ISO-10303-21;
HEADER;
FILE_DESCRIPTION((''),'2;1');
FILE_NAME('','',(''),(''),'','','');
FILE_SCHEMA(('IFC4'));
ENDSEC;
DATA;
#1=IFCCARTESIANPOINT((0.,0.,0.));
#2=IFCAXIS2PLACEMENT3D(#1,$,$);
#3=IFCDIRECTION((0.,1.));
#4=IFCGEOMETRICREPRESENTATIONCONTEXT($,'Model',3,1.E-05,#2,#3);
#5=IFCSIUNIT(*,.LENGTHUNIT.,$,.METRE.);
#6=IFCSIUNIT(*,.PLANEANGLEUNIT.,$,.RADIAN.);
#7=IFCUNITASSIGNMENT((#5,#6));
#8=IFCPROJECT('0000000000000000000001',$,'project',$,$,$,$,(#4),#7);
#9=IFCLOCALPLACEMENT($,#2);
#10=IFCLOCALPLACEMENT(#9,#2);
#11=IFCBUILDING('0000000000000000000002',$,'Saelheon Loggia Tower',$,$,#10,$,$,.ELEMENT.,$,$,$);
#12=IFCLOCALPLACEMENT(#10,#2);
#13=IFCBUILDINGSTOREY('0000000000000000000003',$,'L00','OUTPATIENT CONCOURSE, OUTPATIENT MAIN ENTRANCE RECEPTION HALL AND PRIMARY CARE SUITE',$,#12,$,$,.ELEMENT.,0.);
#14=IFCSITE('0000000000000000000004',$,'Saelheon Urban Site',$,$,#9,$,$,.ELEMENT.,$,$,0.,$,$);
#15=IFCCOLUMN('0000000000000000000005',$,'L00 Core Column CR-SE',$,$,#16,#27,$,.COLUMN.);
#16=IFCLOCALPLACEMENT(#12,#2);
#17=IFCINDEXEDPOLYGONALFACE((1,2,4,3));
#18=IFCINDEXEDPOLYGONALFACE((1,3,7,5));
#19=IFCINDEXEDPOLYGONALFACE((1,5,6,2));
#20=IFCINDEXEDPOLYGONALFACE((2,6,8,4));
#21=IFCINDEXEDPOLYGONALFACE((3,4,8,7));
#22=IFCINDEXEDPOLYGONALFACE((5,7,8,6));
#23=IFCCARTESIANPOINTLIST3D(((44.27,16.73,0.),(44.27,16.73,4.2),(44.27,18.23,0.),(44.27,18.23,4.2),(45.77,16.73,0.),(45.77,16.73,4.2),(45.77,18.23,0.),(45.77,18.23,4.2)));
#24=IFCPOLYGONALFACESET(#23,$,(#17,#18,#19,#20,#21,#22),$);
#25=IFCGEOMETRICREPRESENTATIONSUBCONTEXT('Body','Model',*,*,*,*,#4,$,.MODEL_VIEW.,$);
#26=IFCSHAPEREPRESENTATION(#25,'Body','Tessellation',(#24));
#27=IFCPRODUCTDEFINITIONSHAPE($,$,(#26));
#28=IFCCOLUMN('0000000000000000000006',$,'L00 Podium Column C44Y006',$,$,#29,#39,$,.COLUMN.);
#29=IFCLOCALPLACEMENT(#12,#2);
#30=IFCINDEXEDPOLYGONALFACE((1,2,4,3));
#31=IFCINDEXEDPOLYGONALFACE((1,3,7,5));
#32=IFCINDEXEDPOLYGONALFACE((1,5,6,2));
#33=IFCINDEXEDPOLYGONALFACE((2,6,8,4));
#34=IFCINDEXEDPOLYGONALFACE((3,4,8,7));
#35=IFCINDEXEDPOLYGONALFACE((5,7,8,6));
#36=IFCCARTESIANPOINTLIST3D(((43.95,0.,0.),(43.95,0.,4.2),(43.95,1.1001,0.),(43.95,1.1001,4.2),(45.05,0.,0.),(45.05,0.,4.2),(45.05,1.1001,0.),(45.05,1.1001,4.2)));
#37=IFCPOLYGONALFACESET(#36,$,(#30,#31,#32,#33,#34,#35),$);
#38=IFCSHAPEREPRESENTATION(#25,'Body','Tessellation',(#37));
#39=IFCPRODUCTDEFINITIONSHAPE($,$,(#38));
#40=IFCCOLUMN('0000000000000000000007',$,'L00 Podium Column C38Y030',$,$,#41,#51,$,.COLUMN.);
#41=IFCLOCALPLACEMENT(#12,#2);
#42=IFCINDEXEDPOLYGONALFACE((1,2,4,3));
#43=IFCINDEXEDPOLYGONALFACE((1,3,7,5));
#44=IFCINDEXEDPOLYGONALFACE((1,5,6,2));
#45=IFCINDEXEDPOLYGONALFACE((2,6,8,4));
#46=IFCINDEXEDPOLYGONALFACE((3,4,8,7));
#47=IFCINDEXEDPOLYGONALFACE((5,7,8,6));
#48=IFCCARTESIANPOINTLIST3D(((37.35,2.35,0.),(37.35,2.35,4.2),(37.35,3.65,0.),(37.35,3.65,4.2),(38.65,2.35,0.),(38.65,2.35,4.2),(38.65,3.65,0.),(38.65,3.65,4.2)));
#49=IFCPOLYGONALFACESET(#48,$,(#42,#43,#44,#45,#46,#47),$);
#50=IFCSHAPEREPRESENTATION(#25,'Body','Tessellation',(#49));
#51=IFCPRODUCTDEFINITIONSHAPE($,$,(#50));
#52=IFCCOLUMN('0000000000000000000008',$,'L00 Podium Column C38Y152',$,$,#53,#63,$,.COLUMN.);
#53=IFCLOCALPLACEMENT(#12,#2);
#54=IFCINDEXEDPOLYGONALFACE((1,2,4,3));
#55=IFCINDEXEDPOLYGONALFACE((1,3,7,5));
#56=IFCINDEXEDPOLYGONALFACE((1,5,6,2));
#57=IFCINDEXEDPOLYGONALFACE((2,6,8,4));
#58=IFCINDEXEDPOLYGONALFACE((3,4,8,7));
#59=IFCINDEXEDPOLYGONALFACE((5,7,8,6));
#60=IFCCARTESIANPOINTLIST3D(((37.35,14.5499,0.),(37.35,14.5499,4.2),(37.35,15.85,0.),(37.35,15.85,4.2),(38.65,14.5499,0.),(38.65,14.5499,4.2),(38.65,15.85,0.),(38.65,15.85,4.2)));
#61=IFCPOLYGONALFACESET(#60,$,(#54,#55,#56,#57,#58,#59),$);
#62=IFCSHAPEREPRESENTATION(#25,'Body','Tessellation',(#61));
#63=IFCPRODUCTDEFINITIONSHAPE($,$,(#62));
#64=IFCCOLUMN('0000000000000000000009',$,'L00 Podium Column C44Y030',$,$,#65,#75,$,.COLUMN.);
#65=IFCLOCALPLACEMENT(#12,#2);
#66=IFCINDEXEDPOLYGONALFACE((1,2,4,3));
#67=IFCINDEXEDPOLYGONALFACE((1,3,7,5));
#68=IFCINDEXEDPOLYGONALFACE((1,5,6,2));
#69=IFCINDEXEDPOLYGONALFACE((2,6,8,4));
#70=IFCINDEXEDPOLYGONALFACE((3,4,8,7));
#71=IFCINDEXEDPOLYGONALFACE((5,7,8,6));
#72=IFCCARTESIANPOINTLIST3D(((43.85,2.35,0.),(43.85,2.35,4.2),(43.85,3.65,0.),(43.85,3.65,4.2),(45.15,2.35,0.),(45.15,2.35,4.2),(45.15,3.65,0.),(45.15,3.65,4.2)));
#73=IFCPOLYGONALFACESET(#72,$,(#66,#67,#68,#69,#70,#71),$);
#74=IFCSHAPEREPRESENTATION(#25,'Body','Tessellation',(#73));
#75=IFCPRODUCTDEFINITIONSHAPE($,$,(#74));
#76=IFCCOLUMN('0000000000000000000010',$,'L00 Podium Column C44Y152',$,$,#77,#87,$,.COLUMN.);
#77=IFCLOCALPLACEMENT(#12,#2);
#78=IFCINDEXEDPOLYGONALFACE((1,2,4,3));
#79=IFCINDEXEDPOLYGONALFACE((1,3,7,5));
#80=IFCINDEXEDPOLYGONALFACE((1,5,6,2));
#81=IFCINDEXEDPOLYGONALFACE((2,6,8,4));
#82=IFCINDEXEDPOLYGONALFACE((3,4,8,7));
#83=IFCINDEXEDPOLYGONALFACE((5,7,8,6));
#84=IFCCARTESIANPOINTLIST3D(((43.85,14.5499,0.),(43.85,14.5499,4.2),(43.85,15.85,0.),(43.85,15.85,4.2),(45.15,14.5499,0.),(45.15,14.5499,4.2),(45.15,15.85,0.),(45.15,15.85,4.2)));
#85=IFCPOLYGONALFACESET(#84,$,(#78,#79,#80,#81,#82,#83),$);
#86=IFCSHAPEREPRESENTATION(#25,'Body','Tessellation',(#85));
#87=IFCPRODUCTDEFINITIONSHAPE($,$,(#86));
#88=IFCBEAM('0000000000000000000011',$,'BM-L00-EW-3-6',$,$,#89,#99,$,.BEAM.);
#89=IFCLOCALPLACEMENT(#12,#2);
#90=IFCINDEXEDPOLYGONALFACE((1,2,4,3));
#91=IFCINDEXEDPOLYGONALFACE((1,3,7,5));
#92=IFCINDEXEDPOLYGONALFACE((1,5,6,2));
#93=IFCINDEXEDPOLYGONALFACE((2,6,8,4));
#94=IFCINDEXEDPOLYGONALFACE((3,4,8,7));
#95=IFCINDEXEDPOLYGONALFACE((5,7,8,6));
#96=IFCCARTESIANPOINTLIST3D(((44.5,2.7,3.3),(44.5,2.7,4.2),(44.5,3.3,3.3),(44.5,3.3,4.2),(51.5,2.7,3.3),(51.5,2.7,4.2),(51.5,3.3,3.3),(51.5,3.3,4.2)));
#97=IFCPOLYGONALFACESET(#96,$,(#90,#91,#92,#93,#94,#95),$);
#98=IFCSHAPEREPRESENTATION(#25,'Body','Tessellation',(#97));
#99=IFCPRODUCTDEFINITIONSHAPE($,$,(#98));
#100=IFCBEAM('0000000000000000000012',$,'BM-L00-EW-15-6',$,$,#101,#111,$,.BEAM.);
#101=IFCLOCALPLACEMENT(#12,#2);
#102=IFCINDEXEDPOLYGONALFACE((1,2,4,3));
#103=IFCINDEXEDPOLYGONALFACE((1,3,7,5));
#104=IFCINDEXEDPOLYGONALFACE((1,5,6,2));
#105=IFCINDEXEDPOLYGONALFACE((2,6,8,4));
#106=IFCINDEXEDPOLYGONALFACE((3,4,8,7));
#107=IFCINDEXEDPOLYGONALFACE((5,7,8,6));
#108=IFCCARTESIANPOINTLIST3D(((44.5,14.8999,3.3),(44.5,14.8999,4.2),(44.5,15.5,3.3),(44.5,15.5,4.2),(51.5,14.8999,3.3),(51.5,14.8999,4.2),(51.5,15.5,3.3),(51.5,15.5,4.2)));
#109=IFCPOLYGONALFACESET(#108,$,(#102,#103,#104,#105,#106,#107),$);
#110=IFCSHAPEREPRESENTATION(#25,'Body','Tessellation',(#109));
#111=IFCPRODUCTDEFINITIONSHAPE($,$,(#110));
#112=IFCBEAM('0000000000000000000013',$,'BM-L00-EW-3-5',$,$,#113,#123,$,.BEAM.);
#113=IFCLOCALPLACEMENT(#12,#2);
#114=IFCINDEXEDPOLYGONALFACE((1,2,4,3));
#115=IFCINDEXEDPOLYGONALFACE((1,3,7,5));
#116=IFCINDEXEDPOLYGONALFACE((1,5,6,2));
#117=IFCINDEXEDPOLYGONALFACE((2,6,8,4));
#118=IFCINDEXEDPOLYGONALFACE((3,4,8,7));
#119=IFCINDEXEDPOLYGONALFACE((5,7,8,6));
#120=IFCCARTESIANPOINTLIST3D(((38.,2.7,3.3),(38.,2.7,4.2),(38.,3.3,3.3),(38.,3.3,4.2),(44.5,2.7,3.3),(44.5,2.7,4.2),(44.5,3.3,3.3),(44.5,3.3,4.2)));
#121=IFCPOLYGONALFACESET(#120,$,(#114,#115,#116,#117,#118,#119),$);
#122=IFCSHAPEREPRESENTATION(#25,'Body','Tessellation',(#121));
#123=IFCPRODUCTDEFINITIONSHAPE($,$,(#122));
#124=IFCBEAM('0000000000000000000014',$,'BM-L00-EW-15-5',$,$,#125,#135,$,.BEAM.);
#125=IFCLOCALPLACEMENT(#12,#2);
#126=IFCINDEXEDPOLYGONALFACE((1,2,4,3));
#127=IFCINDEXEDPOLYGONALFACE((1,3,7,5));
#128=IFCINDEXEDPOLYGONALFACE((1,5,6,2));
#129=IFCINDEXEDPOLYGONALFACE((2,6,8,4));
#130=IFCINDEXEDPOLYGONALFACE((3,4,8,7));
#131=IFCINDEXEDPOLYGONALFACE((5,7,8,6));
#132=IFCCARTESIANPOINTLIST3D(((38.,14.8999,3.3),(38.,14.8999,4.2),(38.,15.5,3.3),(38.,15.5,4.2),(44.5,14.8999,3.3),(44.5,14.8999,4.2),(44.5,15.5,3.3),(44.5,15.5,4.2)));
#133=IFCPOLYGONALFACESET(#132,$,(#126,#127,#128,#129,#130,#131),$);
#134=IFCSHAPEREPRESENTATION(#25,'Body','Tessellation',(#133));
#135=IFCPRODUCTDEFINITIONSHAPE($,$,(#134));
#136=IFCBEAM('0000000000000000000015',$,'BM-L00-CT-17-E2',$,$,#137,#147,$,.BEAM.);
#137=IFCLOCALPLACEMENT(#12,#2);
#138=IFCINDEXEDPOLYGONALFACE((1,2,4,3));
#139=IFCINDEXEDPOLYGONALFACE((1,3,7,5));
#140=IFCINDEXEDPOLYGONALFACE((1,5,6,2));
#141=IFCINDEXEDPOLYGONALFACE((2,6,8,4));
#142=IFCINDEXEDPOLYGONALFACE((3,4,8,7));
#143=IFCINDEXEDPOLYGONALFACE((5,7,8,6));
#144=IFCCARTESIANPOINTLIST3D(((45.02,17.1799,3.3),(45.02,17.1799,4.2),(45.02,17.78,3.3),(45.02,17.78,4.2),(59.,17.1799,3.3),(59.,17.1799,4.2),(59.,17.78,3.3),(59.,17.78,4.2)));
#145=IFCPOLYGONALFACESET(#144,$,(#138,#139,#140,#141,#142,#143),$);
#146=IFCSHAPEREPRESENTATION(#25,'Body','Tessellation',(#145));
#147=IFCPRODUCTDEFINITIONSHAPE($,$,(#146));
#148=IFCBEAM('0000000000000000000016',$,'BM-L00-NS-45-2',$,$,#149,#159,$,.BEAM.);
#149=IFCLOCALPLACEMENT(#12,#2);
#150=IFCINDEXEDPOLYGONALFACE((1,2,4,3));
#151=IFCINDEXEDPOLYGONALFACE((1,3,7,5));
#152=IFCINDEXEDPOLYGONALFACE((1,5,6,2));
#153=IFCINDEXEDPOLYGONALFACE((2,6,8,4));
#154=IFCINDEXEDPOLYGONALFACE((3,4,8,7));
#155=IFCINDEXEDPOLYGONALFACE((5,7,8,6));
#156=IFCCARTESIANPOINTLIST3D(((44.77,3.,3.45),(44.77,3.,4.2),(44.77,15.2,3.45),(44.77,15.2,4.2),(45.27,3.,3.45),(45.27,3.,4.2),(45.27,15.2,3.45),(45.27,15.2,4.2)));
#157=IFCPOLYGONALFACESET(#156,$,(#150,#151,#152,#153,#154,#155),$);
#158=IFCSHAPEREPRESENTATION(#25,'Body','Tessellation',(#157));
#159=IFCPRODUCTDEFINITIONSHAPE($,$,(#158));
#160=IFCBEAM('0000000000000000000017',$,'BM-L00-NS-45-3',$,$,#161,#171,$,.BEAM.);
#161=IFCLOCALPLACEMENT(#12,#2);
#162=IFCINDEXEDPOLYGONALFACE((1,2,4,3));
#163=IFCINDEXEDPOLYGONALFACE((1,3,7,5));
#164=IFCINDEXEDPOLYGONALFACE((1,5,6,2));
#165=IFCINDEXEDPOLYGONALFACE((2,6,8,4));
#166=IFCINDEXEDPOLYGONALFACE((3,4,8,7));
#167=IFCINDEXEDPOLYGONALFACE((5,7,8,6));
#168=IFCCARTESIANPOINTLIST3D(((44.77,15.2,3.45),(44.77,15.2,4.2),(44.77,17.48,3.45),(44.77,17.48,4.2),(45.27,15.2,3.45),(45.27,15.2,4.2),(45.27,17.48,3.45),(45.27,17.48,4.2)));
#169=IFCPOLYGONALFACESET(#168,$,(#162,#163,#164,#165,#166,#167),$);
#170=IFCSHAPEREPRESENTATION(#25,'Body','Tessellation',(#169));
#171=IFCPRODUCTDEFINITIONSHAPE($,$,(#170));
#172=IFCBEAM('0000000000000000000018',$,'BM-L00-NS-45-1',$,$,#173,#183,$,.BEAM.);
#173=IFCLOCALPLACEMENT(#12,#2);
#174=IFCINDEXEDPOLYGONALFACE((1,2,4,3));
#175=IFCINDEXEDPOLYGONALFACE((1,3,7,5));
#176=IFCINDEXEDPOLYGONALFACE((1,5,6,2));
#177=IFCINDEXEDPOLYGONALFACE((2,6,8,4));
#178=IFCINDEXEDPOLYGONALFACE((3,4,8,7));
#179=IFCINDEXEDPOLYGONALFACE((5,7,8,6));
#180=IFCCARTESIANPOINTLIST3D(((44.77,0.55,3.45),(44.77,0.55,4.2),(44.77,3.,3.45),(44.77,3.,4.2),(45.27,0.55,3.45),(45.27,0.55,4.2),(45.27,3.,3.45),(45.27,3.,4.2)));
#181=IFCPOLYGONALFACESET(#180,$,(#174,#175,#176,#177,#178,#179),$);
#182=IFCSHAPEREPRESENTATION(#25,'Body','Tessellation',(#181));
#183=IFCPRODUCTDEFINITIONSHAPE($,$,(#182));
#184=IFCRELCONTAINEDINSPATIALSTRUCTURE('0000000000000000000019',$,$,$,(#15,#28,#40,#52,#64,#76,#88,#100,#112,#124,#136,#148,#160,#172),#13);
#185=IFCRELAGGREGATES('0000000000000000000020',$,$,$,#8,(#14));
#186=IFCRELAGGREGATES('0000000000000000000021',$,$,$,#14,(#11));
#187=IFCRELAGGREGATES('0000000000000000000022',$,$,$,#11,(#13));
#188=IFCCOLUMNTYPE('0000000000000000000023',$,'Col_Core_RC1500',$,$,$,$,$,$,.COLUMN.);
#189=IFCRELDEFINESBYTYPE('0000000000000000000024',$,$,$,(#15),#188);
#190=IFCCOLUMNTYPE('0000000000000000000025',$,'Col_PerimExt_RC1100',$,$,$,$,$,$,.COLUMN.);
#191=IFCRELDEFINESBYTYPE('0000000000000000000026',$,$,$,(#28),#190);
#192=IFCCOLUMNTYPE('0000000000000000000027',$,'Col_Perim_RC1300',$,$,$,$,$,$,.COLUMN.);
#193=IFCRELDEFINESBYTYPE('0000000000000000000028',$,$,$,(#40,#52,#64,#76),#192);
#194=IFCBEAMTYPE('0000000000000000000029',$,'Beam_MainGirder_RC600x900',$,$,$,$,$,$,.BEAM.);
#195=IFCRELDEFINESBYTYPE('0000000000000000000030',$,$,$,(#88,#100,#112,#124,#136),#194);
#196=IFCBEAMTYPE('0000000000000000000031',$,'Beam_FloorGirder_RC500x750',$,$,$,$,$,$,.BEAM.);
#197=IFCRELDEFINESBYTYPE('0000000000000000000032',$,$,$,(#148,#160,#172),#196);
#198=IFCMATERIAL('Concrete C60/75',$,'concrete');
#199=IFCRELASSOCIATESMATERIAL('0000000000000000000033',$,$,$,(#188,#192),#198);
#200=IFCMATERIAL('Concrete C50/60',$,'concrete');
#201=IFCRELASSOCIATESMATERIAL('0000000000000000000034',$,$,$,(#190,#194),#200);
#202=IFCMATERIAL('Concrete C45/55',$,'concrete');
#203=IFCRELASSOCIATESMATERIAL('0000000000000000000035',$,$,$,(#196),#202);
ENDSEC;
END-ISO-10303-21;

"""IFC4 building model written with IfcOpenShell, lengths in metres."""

from ifc_helpers import new_model, si_unit, direction, frame, origin, origin_2d, place, context, subcontext, project, spatial, rectangle, extrude, source, transform, mapped, material, material_profile, profile_set, type_object, element, save


model = new_model("IFC4")

# Units and contexts
model_context = context("Model", 3, precision=1e-05, world=origin(), true_north=direction((0.0, 1.0)))
body_context = subcontext(model_context, "Body", "Model", "MODEL_VIEW")
ifc_project = project(units=[si_unit("LENGTHUNIT", "METRE"), si_unit("PLANEANGLEUNIT", "RADIAN")], contexts=[model_context])

# Site, building, storey
site_placement = place(None, origin())
site = spatial("IfcSite", under=ifc_project, at=site_placement, Name="Saelheon Urban Site", CompositionType="ELEMENT", RefElevation=0.0)
building_placement = place(site_placement, origin())
building = spatial("IfcBuilding", under=site, at=building_placement, Name="Saelheon Loggia Tower", CompositionType="ELEMENT")
storey_placement = place(building_placement, origin())
storey = spatial("IfcBuildingStorey", under=building, at=storey_placement, Name="L00", Description="OUTPATIENT CONCOURSE, OUTPATIENT MAIN ENTRANCE RECEPTION HALL AND PRIMARY CARE SUITE", CompositionType="ELEMENT", Elevation=0.0)

# Columns
ifc_material_1 = material(Name="Concrete C60/75", Category="concrete")
ifc_material_profile_1 = material_profile(ifc_material_1, rectangle(XDim=1.5, YDim=1.5, at=origin_2d()), Name="RC-1500x1500")
ifc_profile_set_1 = profile_set([ifc_material_profile_1], Name="Concrete C60/75")
column_type_1 = type_object("IfcColumnType", Name="Col_Core_RC1500", PredefinedType="COLUMN", material=ifc_profile_set_1)
shared_shape_1 = source(origin(), body_context, "Body", "SweptSolid", [
    extrude(rectangle(XDim=1.5, YDim=1.5, at=origin_2d()), origin(), (0.0, 0.0, 1.0), 4.2),
])
column_1_placement = place(storey_placement, frame((45.02, 17.48, 0.0), z_axis=(0.0, 0.0, 1.0), x_axis=(1.0, 0.0, 0.0)))
element("IfcColumn", 1, at=column_1_placement, inside=storey, type_object=column_type_1, Name="L00 Core Column CR-SE", PredefinedType="COLUMN", context=body_context, shape_type="MappedRepresentation", body=[
    mapped(shared_shape_1, transform((0.0, 0.0, 0.0), scale=1.0)),
])
ifc_material_2 = material(Name="Concrete C50/60", Category="concrete")
ifc_material_profile_2 = material_profile(ifc_material_2, rectangle(XDim=1.1001, YDim=1.1001, at=origin_2d()), Name="RC-1100x1100")
ifc_profile_set_2 = profile_set([ifc_material_profile_2], Name="Concrete C50/60")
column_type_2 = type_object("IfcColumnType", Name="Col_PerimExt_RC1100", PredefinedType="COLUMN", material=ifc_profile_set_2)
shared_shape_2 = source(origin(), body_context, "Body", "SweptSolid", [
    extrude(rectangle(XDim=1.1001, YDim=1.1001, at=origin_2d()), origin(), (0.0, 0.0, 1.0), 4.2),
])
column_2_placement = place(storey_placement, frame((44.5, 0.55, 0.0), z_axis=(0.0, 0.0, 1.0), x_axis=(1.0, 0.0, 0.0)))
element("IfcColumn", 2, at=column_2_placement, inside=storey, type_object=column_type_2, Name="L00 Podium Column C44Y006", PredefinedType="COLUMN", context=body_context, shape_type="MappedRepresentation", body=[
    mapped(shared_shape_2, transform((0.0, 0.0, 0.0), scale=1.0)),
])
ifc_material_profile_3 = material_profile(ifc_material_1, rectangle(XDim=1.3, YDim=1.3, at=origin_2d()), Name="RC-1300x1300")
ifc_profile_set_3 = profile_set([ifc_material_profile_3], Name="Concrete C60/75")
column_type_3 = type_object("IfcColumnType", Name="Col_Perim_RC1300", PredefinedType="COLUMN", material=ifc_profile_set_3)
shared_shape_3 = source(origin(), body_context, "Body", "SweptSolid", [
    extrude(rectangle(XDim=1.3, YDim=1.3, at=origin_2d()), origin(), (0.0, 0.0, 1.0), 4.2),
])
for number, where, z_axis, x_axis, name in (
    (3, (38.0, 3.0, 0.0), (0.0, 0.0, 1.0), (1.0, 0.0, 0.0), "L00 Podium Column C38Y030"),
    (4, (38.0, 15.2, 0.0), (0.0, 0.0, 1.0), (1.0, 0.0, 0.0), "L00 Podium Column C38Y152"),
    (5, (44.5, 3.0, 0.0), (0.0, 0.0, 1.0), (1.0, 0.0, 0.0), "L00 Podium Column C44Y030"),
    (6, (44.5, 15.2, 0.0), (0.0, 0.0, 1.0), (1.0, 0.0, 0.0), "L00 Podium Column C44Y152"),
):
    element("IfcColumn", number, at=place(storey_placement, frame(where, z_axis=z_axis, x_axis=x_axis)), inside=storey, type_object=column_type_3, Name=name, PredefinedType="COLUMN", context=body_context, shape_type="MappedRepresentation", body=[
        mapped(shared_shape_3, transform((0.0, 0.0, 0.0), scale=1.0)),
    ])

# Beams
ifc_material_profile_4 = material_profile(ifc_material_2, rectangle(XDim=0.6001, YDim=0.8999, at=origin_2d()), Name="RC-600x900")
ifc_profile_set_4 = profile_set([ifc_material_profile_4], Name="Concrete C50/60")
beam_type_1 = type_object("IfcBeamType", Name="Beam_MainGirder_RC600x900", PredefinedType="BEAM", material=ifc_profile_set_4)
shared_shape_4 = source(origin(), body_context, "Body", "SweptSolid", [
    extrude(rectangle(XDim=0.6001, YDim=0.8999, at=origin_2d()), origin(), (0.0, 0.0, 1.0), 7.0),
])
for number, where, z_axis, x_axis, name in (
    (7, (44.5, 3.0, 3.75), (1.0, 0.0, 0.0), (0.0, 1.0, 0.0), "BM-L00-EW-3-6"),
    (8, (44.5, 15.2, 3.75), (1.0, 0.0, 0.0), (0.0, 1.0, 0.0), "BM-L00-EW-15-6"),
):
    element("IfcBeam", number, at=place(storey_placement, frame(where, z_axis=z_axis, x_axis=x_axis)), inside=storey, type_object=beam_type_1, Name=name, PredefinedType="BEAM", context=body_context, shape_type="MappedRepresentation", body=[
        mapped(shared_shape_4, transform((0.0, 0.0, 0.0), scale=1.0)),
    ])
shared_shape_5 = source(origin(), body_context, "Body", "SweptSolid", [
    extrude(rectangle(XDim=0.6001, YDim=0.8999, at=origin_2d()), origin(), (0.0, 0.0, 1.0), 6.5),
])
for number, where, z_axis, x_axis, name in (
    (9, (38.0, 3.0, 3.75), (1.0, 0.0, 0.0), (0.0, 1.0, 0.0), "BM-L00-EW-3-5"),
    (10, (38.0, 15.2, 3.75), (1.0, 0.0, 0.0), (0.0, 1.0, 0.0), "BM-L00-EW-15-5"),
):
    element("IfcBeam", number, at=place(storey_placement, frame(where, z_axis=z_axis, x_axis=x_axis)), inside=storey, type_object=beam_type_1, Name=name, PredefinedType="BEAM", context=body_context, shape_type="MappedRepresentation", body=[
        mapped(shared_shape_5, transform((0.0, 0.0, 0.0), scale=1.0)),
    ])
shared_shape_6 = source(origin(), body_context, "Body", "SweptSolid", [
    extrude(rectangle(XDim=0.6001, YDim=0.8999, at=origin_2d()), origin(), (0.0, 0.0, 1.0), 13.98),
])
beam_1_placement = place(storey_placement, frame((45.02, 17.48, 3.75), z_axis=(1.0, 0.0, 0.0), x_axis=(0.0, 1.0, 0.0)))
element("IfcBeam", 11, at=beam_1_placement, inside=storey, type_object=beam_type_1, Name="BM-L00-CT-17-E2", PredefinedType="BEAM", context=body_context, shape_type="MappedRepresentation", body=[
    mapped(shared_shape_6, transform((0.0, 0.0, 0.0), scale=1.0)),
])
ifc_material_3 = material(Name="Concrete C45/55", Category="concrete")
ifc_material_profile_5 = material_profile(ifc_material_3, rectangle(XDim=0.5, YDim=0.75, at=origin_2d()), Name="RC-500x750")
ifc_profile_set_5 = profile_set([ifc_material_profile_5], Name="Concrete C45/55")
beam_type_2 = type_object("IfcBeamType", Name="Beam_FloorGirder_RC500x750", PredefinedType="BEAM", material=ifc_profile_set_5)
shared_shape_7 = source(origin(), body_context, "Body", "SweptSolid", [
    extrude(rectangle(XDim=0.5, YDim=0.75, at=origin_2d()), origin(), (0.0, 0.0, 1.0), 12.2),
])
beam_2_placement = place(storey_placement, frame((45.02, 3.0, 3.825), z_axis=(0.0, 1.0, 0.0), x_axis=(-1.0, 0.0, 0.0)))
element("IfcBeam", 12, at=beam_2_placement, inside=storey, type_object=beam_type_2, Name="BM-L00-NS-45-2", PredefinedType="BEAM", context=body_context, shape_type="MappedRepresentation", body=[
    mapped(shared_shape_7, transform((0.0, 0.0, 0.0), scale=1.0)),
])
shared_shape_8 = source(origin(), body_context, "Body", "SweptSolid", [
    extrude(rectangle(XDim=0.5, YDim=0.75, at=origin_2d()), origin(), (0.0, 0.0, 1.0), 2.28),
])
beam_3_placement = place(storey_placement, frame((45.02, 15.2, 3.825), z_axis=(0.0, 1.0, 0.0), x_axis=(-1.0, 0.0, 0.0)))
element("IfcBeam", 13, at=beam_3_placement, inside=storey, type_object=beam_type_2, Name="BM-L00-NS-45-3", PredefinedType="BEAM", context=body_context, shape_type="MappedRepresentation", body=[
    mapped(shared_shape_8, transform((0.0, 0.0, 0.0), scale=1.0)),
])
shared_shape_9 = source(origin(), body_context, "Body", "SweptSolid", [
    extrude(rectangle(XDim=0.5, YDim=0.75, at=origin_2d()), origin(), (0.0, 0.0, 1.0), 2.45),
])
beam_4_placement = place(storey_placement, frame((45.02, 0.55, 3.825), z_axis=(0.0, 1.0, 0.0), x_axis=(-1.0, 0.0, 0.0)))
element("IfcBeam", 14, at=beam_4_placement, inside=storey, type_object=beam_type_2, Name="BM-L00-NS-45-1", PredefinedType="BEAM", context=body_context, shape_type="MappedRepresentation", body=[
    mapped(shared_shape_9, transform((0.0, 0.0, 0.0), scale=1.0)),
])

save(model, "model.ifc")
